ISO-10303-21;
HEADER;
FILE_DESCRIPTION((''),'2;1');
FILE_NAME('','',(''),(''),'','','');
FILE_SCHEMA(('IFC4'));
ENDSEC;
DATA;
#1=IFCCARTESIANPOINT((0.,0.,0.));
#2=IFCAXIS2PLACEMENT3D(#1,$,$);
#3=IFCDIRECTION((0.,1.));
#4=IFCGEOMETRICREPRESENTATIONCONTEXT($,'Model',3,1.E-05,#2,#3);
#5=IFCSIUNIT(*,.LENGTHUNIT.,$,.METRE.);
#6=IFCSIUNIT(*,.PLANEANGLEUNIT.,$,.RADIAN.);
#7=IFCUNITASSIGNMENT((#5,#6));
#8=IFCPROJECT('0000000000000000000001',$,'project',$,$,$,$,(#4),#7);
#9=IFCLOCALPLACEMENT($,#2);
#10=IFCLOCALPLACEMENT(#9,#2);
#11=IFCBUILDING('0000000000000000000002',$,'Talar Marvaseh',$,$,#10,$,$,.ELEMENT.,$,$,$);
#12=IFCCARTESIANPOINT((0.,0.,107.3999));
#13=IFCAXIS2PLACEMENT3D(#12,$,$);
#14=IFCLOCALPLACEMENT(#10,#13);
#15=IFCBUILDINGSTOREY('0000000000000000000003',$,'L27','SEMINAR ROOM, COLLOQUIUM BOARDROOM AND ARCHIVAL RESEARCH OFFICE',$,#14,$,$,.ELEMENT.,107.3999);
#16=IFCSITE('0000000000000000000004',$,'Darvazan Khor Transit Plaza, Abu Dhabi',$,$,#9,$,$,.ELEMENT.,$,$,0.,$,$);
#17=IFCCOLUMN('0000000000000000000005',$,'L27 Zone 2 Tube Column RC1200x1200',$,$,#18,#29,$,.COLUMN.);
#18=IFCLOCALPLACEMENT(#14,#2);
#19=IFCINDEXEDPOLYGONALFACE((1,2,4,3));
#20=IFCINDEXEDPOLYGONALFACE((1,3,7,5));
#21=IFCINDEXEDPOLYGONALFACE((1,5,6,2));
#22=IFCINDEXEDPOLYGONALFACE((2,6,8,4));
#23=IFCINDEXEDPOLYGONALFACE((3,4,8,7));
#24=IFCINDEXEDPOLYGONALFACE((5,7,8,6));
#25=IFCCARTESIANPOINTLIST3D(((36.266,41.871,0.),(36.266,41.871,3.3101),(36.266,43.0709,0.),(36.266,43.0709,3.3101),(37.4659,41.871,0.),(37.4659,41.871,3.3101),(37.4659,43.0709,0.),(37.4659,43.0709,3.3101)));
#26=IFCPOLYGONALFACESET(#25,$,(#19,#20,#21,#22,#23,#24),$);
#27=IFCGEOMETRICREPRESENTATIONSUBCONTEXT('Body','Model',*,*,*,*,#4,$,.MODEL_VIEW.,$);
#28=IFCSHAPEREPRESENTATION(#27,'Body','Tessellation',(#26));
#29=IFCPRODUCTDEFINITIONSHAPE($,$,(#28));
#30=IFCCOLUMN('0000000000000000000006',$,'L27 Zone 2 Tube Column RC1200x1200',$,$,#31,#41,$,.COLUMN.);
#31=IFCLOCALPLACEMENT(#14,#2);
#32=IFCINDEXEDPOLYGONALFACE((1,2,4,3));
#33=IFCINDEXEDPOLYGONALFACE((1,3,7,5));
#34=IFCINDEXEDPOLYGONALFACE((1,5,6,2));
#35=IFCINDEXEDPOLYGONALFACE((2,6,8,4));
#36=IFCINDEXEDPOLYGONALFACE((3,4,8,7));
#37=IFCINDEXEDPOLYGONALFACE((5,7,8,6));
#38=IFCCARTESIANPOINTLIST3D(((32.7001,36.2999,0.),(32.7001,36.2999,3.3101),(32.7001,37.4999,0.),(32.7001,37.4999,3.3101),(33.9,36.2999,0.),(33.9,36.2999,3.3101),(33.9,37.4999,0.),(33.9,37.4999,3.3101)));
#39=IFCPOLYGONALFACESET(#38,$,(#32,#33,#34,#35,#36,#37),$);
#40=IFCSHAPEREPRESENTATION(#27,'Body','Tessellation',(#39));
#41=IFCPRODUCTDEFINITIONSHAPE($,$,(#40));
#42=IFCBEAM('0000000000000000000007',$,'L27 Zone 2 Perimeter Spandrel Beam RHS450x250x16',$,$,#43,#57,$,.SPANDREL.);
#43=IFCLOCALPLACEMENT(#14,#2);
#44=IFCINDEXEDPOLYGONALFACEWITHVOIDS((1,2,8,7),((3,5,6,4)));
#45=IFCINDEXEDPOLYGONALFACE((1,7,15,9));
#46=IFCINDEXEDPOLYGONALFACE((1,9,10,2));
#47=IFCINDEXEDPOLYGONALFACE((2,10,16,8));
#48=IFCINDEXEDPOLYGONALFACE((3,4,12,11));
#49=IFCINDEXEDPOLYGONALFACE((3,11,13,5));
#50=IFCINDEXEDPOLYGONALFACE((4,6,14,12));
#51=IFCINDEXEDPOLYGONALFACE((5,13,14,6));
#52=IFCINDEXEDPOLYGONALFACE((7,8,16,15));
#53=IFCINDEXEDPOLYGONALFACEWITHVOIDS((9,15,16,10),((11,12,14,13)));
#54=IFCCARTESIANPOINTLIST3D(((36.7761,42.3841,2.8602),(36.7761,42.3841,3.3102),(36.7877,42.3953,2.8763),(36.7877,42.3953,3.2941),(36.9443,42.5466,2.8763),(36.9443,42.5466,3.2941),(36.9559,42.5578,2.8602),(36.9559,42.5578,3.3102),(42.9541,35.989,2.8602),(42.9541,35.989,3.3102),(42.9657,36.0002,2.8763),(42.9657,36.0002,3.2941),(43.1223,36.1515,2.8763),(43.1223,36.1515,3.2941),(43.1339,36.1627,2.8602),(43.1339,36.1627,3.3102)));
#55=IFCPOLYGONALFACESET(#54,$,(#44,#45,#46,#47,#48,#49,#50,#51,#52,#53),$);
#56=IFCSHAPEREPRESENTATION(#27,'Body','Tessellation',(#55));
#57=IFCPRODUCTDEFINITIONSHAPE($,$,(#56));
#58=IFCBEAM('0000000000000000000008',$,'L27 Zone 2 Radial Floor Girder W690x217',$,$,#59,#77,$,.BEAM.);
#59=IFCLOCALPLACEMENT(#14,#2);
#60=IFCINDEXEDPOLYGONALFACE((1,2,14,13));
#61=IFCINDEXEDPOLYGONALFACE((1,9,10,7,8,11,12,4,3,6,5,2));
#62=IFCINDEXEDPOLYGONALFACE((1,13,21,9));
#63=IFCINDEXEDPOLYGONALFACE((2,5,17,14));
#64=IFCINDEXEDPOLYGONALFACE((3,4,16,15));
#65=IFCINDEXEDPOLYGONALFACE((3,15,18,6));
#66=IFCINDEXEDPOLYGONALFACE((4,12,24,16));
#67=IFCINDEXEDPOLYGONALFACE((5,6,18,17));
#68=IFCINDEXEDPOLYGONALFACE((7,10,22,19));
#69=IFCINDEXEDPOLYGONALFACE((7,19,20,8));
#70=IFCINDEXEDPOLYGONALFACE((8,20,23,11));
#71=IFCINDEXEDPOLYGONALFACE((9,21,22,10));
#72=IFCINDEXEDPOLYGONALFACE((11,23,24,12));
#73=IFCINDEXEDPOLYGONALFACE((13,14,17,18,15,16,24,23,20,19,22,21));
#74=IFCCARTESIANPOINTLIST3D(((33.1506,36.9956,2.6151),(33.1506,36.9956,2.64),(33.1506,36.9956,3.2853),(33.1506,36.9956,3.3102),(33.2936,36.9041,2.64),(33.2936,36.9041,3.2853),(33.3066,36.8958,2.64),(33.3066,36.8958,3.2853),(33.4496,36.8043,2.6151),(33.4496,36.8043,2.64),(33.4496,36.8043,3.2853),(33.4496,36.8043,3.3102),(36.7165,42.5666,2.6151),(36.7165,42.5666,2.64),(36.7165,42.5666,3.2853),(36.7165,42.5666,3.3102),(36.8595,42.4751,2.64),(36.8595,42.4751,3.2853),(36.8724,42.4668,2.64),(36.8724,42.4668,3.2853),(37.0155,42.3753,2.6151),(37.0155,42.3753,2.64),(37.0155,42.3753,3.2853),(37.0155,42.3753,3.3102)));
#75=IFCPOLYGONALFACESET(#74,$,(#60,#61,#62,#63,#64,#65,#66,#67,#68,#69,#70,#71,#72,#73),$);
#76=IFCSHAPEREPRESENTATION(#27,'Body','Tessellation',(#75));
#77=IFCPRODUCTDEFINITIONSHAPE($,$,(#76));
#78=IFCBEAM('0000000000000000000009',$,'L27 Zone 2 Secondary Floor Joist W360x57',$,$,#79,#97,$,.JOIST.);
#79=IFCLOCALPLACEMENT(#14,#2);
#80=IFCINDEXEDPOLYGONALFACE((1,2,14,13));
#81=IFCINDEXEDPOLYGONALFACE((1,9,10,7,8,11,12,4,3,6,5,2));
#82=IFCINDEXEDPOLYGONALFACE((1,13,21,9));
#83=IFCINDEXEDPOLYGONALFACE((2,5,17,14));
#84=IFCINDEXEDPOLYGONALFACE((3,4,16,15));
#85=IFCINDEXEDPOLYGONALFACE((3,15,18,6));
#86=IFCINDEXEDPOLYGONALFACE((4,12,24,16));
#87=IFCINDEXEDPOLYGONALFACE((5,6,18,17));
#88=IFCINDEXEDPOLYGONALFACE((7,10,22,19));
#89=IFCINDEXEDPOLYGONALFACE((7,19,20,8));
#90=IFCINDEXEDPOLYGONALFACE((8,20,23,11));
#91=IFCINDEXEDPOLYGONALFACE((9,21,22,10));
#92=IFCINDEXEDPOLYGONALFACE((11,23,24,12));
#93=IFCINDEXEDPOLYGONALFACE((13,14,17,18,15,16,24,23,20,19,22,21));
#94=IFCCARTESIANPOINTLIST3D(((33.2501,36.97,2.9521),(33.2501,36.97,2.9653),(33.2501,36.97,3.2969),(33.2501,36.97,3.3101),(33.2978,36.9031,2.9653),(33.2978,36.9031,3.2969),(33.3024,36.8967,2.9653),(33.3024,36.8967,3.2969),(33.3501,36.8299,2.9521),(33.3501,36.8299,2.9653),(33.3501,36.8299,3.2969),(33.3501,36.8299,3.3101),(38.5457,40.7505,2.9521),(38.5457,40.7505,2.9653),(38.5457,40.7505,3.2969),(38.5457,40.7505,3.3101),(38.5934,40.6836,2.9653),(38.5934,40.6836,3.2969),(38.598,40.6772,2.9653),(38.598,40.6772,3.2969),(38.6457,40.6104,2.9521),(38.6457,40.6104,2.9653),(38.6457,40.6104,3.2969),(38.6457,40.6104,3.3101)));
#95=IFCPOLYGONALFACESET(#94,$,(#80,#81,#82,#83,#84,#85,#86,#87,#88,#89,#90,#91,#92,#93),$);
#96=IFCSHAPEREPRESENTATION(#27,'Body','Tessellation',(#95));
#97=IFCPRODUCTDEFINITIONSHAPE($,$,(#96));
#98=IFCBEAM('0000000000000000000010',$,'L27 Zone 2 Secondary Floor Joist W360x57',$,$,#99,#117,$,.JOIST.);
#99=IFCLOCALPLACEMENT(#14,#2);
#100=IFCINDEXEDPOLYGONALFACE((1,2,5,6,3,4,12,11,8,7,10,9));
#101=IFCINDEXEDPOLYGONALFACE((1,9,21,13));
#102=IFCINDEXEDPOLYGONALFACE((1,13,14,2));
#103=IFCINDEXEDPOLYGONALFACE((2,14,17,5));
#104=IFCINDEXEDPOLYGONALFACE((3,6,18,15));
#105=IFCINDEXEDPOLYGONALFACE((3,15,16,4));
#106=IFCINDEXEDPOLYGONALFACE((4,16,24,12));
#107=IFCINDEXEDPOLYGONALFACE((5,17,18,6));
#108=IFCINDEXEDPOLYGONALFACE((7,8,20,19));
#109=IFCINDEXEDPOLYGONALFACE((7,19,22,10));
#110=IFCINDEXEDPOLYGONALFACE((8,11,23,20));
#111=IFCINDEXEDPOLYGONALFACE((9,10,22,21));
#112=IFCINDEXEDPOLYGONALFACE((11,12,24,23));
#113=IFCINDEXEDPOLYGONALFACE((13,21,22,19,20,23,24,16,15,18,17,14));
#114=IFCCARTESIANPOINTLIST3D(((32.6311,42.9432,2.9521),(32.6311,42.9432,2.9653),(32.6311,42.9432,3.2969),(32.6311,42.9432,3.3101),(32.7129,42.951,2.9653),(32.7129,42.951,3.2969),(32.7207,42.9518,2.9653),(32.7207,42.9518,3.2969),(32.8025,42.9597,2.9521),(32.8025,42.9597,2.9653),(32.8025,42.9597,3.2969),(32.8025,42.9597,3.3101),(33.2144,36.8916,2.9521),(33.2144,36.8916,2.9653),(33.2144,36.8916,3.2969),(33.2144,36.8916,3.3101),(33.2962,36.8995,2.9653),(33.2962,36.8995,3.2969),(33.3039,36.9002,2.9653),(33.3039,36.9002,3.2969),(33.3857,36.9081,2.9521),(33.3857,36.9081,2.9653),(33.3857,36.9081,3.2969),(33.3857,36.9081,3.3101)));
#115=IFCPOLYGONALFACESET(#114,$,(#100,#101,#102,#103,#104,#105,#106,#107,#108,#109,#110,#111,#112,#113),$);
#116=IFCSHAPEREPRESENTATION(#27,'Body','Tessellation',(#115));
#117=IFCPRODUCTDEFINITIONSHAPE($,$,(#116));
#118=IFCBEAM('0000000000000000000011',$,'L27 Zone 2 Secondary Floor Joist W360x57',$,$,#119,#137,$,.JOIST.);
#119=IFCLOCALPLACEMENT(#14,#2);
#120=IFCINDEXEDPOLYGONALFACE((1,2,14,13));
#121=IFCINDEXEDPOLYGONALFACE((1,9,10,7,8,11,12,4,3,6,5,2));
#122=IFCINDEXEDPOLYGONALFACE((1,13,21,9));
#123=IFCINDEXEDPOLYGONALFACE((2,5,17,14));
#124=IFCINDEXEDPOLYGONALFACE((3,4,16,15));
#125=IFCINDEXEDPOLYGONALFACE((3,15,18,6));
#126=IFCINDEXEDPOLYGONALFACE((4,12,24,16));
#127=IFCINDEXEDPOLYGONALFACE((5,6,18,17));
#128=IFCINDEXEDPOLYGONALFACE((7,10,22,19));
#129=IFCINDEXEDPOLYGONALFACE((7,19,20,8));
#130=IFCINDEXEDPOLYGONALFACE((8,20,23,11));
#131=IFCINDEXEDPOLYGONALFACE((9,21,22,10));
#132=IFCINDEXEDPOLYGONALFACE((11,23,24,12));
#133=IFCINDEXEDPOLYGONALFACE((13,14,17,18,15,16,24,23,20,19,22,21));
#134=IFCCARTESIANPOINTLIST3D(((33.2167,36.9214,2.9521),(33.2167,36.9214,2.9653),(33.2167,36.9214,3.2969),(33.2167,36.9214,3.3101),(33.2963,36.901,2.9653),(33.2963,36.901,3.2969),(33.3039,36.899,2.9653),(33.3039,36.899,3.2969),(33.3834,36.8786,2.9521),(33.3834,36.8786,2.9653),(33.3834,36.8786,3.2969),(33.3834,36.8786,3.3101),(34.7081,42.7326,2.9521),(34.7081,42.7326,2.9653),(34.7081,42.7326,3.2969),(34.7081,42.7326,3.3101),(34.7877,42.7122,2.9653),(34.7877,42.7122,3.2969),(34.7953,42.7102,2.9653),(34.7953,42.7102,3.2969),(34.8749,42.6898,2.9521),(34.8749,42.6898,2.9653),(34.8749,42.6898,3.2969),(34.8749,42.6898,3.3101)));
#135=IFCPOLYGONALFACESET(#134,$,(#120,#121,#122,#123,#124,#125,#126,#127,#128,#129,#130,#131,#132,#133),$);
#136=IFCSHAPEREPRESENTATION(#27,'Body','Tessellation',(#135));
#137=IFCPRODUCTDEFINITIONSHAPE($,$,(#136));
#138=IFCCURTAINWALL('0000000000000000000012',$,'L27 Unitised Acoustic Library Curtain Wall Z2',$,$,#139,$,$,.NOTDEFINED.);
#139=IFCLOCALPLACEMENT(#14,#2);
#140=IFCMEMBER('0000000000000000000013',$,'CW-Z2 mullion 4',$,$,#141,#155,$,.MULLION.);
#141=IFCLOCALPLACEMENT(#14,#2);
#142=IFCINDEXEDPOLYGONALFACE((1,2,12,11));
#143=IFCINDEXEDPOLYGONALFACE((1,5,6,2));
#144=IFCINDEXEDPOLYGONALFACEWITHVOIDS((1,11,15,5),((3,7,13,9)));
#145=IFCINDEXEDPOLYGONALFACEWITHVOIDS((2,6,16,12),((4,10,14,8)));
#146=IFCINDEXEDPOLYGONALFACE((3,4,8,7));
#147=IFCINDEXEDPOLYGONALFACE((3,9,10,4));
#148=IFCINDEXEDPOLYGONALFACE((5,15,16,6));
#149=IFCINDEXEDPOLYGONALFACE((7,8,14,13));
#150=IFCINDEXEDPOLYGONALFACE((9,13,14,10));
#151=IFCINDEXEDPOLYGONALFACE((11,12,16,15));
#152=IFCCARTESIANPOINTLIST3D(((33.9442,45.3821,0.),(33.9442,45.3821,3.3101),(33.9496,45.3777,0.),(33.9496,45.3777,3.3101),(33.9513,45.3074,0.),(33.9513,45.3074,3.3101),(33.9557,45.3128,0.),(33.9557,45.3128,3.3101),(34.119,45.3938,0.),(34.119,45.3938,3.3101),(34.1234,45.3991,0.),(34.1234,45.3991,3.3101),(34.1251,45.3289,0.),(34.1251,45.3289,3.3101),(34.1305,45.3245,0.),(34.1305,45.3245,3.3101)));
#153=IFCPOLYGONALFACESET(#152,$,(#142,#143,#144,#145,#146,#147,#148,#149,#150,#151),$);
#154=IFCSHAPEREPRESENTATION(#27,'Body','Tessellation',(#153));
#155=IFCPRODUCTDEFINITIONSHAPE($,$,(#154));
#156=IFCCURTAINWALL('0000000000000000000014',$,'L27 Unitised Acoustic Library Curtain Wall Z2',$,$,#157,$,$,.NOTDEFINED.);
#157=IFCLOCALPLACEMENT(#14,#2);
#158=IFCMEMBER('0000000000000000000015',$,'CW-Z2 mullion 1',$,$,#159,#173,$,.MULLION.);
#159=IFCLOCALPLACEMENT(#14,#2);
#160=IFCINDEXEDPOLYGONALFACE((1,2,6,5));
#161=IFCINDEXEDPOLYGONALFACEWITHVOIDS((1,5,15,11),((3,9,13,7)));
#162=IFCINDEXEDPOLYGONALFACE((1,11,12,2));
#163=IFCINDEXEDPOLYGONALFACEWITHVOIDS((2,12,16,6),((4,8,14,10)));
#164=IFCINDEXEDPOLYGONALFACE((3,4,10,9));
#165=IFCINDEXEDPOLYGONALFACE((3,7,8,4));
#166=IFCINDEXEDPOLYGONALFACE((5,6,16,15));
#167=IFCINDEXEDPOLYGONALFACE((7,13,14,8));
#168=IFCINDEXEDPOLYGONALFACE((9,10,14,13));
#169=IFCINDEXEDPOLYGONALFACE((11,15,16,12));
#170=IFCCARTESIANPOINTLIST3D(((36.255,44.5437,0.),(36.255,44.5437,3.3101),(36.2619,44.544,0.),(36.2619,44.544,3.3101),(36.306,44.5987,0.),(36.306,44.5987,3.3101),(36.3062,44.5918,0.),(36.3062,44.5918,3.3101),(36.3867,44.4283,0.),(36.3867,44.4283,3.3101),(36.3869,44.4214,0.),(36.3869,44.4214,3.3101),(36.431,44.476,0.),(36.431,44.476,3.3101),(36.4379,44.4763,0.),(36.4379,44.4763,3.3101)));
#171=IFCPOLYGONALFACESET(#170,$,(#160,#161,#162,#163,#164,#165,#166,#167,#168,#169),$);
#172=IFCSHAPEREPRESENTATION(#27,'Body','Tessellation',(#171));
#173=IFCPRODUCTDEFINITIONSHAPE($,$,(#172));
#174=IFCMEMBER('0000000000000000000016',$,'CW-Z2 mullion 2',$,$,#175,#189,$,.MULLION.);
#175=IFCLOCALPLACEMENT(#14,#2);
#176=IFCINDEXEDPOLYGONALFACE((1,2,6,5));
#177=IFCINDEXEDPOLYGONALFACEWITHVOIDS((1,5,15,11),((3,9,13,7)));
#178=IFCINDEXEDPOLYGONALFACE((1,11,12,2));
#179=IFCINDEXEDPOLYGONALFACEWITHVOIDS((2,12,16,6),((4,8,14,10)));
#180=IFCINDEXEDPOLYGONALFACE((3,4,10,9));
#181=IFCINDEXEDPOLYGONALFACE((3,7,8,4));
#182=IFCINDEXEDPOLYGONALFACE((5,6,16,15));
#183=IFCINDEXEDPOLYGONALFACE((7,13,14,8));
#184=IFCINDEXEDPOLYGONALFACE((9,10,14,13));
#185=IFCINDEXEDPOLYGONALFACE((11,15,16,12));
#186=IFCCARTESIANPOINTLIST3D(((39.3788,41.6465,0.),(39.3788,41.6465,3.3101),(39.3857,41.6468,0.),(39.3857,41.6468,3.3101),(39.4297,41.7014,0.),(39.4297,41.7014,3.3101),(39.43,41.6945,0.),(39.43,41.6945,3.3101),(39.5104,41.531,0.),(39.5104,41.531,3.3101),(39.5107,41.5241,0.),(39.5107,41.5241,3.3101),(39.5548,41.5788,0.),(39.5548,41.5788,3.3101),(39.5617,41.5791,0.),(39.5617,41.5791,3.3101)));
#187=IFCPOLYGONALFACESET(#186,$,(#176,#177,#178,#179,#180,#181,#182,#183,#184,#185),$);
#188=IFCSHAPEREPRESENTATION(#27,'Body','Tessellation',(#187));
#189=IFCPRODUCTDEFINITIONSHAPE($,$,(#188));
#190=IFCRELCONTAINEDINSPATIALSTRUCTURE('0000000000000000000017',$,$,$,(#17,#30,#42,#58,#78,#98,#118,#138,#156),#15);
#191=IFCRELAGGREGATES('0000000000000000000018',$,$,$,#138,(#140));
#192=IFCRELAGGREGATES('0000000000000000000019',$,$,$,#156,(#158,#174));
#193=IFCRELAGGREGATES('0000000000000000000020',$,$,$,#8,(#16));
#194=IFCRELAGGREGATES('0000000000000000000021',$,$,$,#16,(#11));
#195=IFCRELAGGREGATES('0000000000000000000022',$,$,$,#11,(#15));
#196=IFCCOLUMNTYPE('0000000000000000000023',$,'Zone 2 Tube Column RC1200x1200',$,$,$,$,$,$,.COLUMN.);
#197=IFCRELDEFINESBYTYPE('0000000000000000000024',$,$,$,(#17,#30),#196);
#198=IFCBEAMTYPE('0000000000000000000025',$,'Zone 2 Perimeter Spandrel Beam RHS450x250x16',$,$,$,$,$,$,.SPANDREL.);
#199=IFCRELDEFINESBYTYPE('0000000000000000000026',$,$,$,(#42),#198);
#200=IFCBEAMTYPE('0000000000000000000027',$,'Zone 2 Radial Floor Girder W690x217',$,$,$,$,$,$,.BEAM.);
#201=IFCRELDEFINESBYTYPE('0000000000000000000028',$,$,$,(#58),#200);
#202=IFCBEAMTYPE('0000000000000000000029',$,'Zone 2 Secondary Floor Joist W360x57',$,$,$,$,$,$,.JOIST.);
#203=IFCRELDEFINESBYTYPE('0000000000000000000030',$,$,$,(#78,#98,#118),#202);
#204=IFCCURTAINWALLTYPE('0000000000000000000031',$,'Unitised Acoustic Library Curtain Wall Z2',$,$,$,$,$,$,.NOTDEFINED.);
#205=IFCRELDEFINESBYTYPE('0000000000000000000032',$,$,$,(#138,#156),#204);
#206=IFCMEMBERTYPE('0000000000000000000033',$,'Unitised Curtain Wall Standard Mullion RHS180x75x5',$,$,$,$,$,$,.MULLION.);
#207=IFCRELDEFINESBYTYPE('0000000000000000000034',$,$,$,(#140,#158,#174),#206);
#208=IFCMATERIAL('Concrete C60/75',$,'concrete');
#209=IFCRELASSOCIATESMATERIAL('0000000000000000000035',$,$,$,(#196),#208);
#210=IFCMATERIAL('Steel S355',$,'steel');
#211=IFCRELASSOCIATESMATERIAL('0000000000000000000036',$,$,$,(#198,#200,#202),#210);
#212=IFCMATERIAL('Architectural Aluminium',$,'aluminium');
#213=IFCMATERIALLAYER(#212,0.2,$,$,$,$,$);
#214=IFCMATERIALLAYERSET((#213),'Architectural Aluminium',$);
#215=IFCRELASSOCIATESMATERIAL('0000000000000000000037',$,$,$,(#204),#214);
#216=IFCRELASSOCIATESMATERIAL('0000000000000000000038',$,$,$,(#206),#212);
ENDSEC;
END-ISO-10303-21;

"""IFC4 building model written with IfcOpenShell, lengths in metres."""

from ifc_helpers import new_model, si_unit, direction, frame, origin, origin_2d, place, context, subcontext, project, spatial, rectangle, hollow_rectangle, i_section, extrude, source, transform, mapped, material, layer, layer_set, material_profile, profile_set, type_object, type_shapes, element, aggregate, save


model = new_model("IFC4")

# Units and contexts
model_context = context("Model", 3, precision=1e-05, world=origin(), true_north=direction((0.0, 1.0)))
body_context = subcontext(model_context, "Body", "Model", "MODEL_VIEW")
ifc_project = project(units=[si_unit("LENGTHUNIT", "METRE"), si_unit("PLANEANGLEUNIT", "RADIAN")], contexts=[model_context])

# Site, building, storey
site_placement = place(None, origin())
site = spatial("IfcSite", under=ifc_project, at=site_placement, Name="Darvazan Khor Transit Plaza, Abu Dhabi", CompositionType="ELEMENT", RefElevation=0.0)
building_placement = place(site_placement, origin())
building = spatial("IfcBuilding", under=site, at=building_placement, Name="Talar Marvaseh", CompositionType="ELEMENT")
storey_placement = place(building_placement, frame((0.0, 0.0, 107.3999)))
storey = spatial("IfcBuildingStorey", under=building, at=storey_placement, Name="L27", Description="SEMINAR ROOM, COLLOQUIUM BOARDROOM AND ARCHIVAL RESEARCH OFFICE", CompositionType="ELEMENT", Elevation=107.3999)

# Columns
ifc_material_1 = material(Name="Concrete C60/75", Category="concrete")
ifc_material_profile_1 = material_profile(ifc_material_1, rectangle(XDim=1.2, YDim=1.2, at=origin_2d()), Name="RC1200x1200")
ifc_profile_set_1 = profile_set([ifc_material_profile_1], Name="Concrete C60/75")
column_type = type_object("IfcColumnType", Name="Zone 2 Tube Column RC1200x1200", PredefinedType="COLUMN", material=ifc_profile_set_1)
for number, where, z_axis, x_axis, name in (
    (1, (36.866, 42.4709, 0.0), (0.0, 0.0, 1.0), (1.0, 0.0, 0.0), "L27 Zone 2 Tube Column RC1200x1200"),
    (2, (33.3, 36.8999, 0.0), (0.0, 0.0, 1.0), (1.0, 0.0, 0.0), "L27 Zone 2 Tube Column RC1200x1200"),
):
    element("IfcColumn", number, at=place(storey_placement, frame(where, z_axis=z_axis, x_axis=x_axis)), inside=storey, type_object=column_type, Name=name, PredefinedType="COLUMN", context=body_context, shape_type="SweptSolid", body=[
        extrude(rectangle(XDim=1.2, YDim=1.2, at=origin_2d()), origin(), (0.0, 0.0, 1.0), 3.3101),
    ])

# Beams
ifc_material_2 = material(Name="Steel S355", Category="steel")
ifc_material_profile_2 = material_profile(ifc_material_2, hollow_rectangle(XDim=0.25, YDim=0.45, WallThickness=0.0161, at=origin_2d()), Name="RHS450x250x16")
ifc_profile_set_2 = profile_set([ifc_material_profile_2], Name="Steel S355")
beam_type_1 = type_object("IfcBeamType", Name="Zone 2 Perimeter Spandrel Beam RHS450x250x16", PredefinedType="SPANDREL", material=ifc_profile_set_2)
beam_1_placement = place(storey_placement, frame((36.866, 42.4709, 3.0852), z_axis=(0.694797, -0.719206, 0.0), x_axis=(0.719206, 0.694797, 0.0)))
element("IfcBeam", 3, at=beam_1_placement, inside=storey, type_object=beam_type_1, Name="L27 Zone 2 Perimeter Spandrel Beam RHS450x250x16", PredefinedType="SPANDREL", context=body_context, shape_type="SweptSolid", body=[
    extrude(hollow_rectangle(XDim=0.25, YDim=0.45, WallThickness=0.0161, at=origin_2d()), origin(), (0.0, 0.0, 1.0), 8.8918),
])
ifc_material_profile_3 = material_profile(ifc_material_2, i_section(OverallWidth=0.355, OverallDepth=0.6951, WebThickness=0.0154, FlangeThickness=0.0249, at=origin_2d()), Name="W690x217")
ifc_profile_set_3 = profile_set([ifc_material_profile_3], Name="Steel S355")
beam_type_2 = type_object("IfcBeamType", Name="Zone 2 Radial Floor Girder W690x217", PredefinedType="BEAM", material=ifc_profile_set_3)
beam_2_placement = place(storey_placement, frame((36.866, 42.4709, 2.9626), z_axis=(-0.539102, -0.842241, 0.0), x_axis=(0.842241, -0.539102, 0.0)))
element("IfcBeam", 4, at=beam_2_placement, inside=storey, type_object=beam_type_2, Name="L27 Zone 2 Radial Floor Girder W690x217", PredefinedType="BEAM", context=body_context, shape_type="SweptSolid", body=[
    extrude(i_section(OverallWidth=0.355, OverallDepth=0.6951, WebThickness=0.0154, FlangeThickness=0.0249, at=origin_2d()), origin(), (0.0, 0.0, 1.0), 6.6145),
])
ifc_material_profile_4 = material_profile(ifc_material_2, i_section(OverallWidth=0.1721, OverallDepth=0.3579, WebThickness=0.0078, FlangeThickness=0.0132, at=origin_2d()), Name="W360x57")
ifc_profile_set_4 = profile_set([ifc_material_profile_4], Name="Steel S355")
beam_type_3 = type_object("IfcBeamType", Name="Zone 2 Secondary Floor Joist W360x57", PredefinedType="JOIST", material=ifc_profile_set_4)
beam_3_placement = place(storey_placement, frame((38.5957, 40.6804, 3.1311), z_axis=(-0.813886, -0.581025, 0.0), x_axis=(0.581025, -0.813886, 0.0)))
element("IfcBeam", 5, at=beam_3_placement, inside=storey, type_object=beam_type_3, Name="L27 Zone 2 Secondary Floor Joist W360x57", PredefinedType="JOIST", context=body_context, shape_type="SweptSolid", body=[
    extrude(i_section(OverallWidth=0.1721, OverallDepth=0.3579, WebThickness=0.0078, FlangeThickness=0.0132, at=origin_2d()), origin(), (0.0, 0.0, 1.0), 6.5066),
])
beam_4_placement = place(storey_placement, frame((32.7168, 42.9514, 3.1311), z_axis=(0.095937, -0.995387, 0.0), x_axis=(0.995387, 0.095937, 0.0)))
element("IfcBeam", 6, at=beam_4_placement, inside=storey, type_object=beam_type_3, Name="L27 Zone 2 Secondary Floor Joist W360x57", PredefinedType="JOIST", context=body_context, shape_type="SweptSolid", body=[
    extrude(i_section(OverallWidth=0.1721, OverallDepth=0.3579, WebThickness=0.0078, FlangeThickness=0.0132, at=origin_2d()), origin(), (0.0, 0.0, 1.0), 6.0796),
])
beam_5_placement = place(storey_placement, frame((34.7915, 42.7112, 3.1311), z_axis=(-0.248592, -0.968608, 0.0), x_axis=(0.968608, -0.248592, 0.0)))
element("IfcBeam", 7, at=beam_5_placement, inside=storey, type_object=beam_type_3, Name="L27 Zone 2 Secondary Floor Joist W360x57", PredefinedType="JOIST", context=body_context, shape_type="SweptSolid", body=[
    extrude(i_section(OverallWidth=0.1721, OverallDepth=0.3579, WebThickness=0.0078, FlangeThickness=0.0132, at=origin_2d()), origin(), (0.0, 0.0, 1.0), 5.9995),
])

# Curtain wall, member
ifc_material_3 = material(Name="Architectural Aluminium", Category="aluminium")
ifc_layer_1 = layer(ifc_material_3, 0.2)
ifc_layer_set_1 = layer_set([ifc_layer_1], Name="Architectural Aluminium")
curtain_wall_type = type_object("IfcCurtainWallType", Name="Unitised Acoustic Library Curtain Wall Z2", PredefinedType="NOTDEFINED", material=ifc_layer_set_1)
curtain_wall_1_placement = place(storey_placement, origin())
curtain_wall_1 = element("IfcCurtainWall", 8, at=curtain_wall_1_placement, inside=storey, type_object=curtain_wall_type, Name="L27 Unitised Acoustic Library Curtain Wall Z2", PredefinedType="NOTDEFINED")
ifc_material_profile_5 = material_profile(ifc_material_3, hollow_rectangle(XDim=0.075, YDim=0.1799, WallThickness=0.0049, at=origin_2d()), Name="RHS180x75x5")
ifc_profile_set_5 = profile_set([ifc_material_profile_5], Name="Architectural Aluminium")
member_type_1 = type_object("IfcMemberType", Name="Unitised Curtain Wall Standard Mullion RHS180x75x5", PredefinedType="MULLION", material=ifc_profile_set_5)
shared_shape_1 = source(origin(), body_context, "Body", "SweptSolid", [
    extrude(hollow_rectangle(XDim=0.075, YDim=0.1799, WallThickness=0.0049, at=origin_2d()), origin(), (0.0, 0.0, 1.0), 3.3101),
])
type_shapes(member_type_1, [shared_shape_1])
member_1_placement = place(storey_placement, frame((34.0374, 45.3533, 0.0), z_axis=(0.0, 0.0, 1.0), x_axis=(-0.094671, 0.995509, 0.0)))
member_1 = element("IfcMember", 9, at=member_1_placement, type_object=member_type_1, Name="CW-Z2 mullion 4", PredefinedType="MULLION", context=body_context, shape_type="MappedRepresentation", body=[
    mapped(shared_shape_1, transform((0.0, 0.0, 0.0), x_axis=(1.0, 0.0, 0.0), y_axis=(0.0, 1.0, 0.0), z_axis=(0.0, 0.0, 1.0), scale=1.0)),
])
aggregate(curtain_wall_1, [member_1])

# Curtain wall, members
curtain_wall_2_placement = place(storey_placement, origin())
curtain_wall_2 = element("IfcCurtainWall", 10, at=curtain_wall_2_placement, inside=storey, type_object=curtain_wall_type, Name="L27 Unitised Acoustic Library Curtain Wall Z2", PredefinedType="NOTDEFINED")
member_2_placement = place(storey_placement, frame((36.3464, 44.51, 0.0), z_axis=(0.0, 0.0, 1.0), x_axis=(0.68003, 0.733184, 0.0)))
member_2 = element("IfcMember", 11, at=member_2_placement, type_object=member_type_1, Name="CW-Z2 mullion 1", PredefinedType="MULLION", context=body_context, shape_type="MappedRepresentation", body=[
    mapped(shared_shape_1, transform((0.0, 0.0, 0.0), x_axis=(1.0, 0.0, 0.0), y_axis=(0.0, 1.0, 0.0), z_axis=(0.0, 0.0, 1.0), scale=1.0)),
])
member_3_placement = place(storey_placement, frame((39.4702, 41.6128, 0.0), z_axis=(0.0, 0.0, 1.0), x_axis=(0.68003, 0.733184, 0.0)))
member_3 = element("IfcMember", 12, at=member_3_placement, type_object=member_type_1, Name="CW-Z2 mullion 2", PredefinedType="MULLION", context=body_context, shape_type="MappedRepresentation", body=[
    mapped(shared_shape_1, transform((0.0, 0.0, 0.0), x_axis=(1.0, 0.0, 0.0), y_axis=(0.0, 1.0, 0.0), z_axis=(0.0, 0.0, 1.0), scale=1.0)),
])
aggregate(curtain_wall_2, [member_2, member_3])

save(model, "model.ifc")
